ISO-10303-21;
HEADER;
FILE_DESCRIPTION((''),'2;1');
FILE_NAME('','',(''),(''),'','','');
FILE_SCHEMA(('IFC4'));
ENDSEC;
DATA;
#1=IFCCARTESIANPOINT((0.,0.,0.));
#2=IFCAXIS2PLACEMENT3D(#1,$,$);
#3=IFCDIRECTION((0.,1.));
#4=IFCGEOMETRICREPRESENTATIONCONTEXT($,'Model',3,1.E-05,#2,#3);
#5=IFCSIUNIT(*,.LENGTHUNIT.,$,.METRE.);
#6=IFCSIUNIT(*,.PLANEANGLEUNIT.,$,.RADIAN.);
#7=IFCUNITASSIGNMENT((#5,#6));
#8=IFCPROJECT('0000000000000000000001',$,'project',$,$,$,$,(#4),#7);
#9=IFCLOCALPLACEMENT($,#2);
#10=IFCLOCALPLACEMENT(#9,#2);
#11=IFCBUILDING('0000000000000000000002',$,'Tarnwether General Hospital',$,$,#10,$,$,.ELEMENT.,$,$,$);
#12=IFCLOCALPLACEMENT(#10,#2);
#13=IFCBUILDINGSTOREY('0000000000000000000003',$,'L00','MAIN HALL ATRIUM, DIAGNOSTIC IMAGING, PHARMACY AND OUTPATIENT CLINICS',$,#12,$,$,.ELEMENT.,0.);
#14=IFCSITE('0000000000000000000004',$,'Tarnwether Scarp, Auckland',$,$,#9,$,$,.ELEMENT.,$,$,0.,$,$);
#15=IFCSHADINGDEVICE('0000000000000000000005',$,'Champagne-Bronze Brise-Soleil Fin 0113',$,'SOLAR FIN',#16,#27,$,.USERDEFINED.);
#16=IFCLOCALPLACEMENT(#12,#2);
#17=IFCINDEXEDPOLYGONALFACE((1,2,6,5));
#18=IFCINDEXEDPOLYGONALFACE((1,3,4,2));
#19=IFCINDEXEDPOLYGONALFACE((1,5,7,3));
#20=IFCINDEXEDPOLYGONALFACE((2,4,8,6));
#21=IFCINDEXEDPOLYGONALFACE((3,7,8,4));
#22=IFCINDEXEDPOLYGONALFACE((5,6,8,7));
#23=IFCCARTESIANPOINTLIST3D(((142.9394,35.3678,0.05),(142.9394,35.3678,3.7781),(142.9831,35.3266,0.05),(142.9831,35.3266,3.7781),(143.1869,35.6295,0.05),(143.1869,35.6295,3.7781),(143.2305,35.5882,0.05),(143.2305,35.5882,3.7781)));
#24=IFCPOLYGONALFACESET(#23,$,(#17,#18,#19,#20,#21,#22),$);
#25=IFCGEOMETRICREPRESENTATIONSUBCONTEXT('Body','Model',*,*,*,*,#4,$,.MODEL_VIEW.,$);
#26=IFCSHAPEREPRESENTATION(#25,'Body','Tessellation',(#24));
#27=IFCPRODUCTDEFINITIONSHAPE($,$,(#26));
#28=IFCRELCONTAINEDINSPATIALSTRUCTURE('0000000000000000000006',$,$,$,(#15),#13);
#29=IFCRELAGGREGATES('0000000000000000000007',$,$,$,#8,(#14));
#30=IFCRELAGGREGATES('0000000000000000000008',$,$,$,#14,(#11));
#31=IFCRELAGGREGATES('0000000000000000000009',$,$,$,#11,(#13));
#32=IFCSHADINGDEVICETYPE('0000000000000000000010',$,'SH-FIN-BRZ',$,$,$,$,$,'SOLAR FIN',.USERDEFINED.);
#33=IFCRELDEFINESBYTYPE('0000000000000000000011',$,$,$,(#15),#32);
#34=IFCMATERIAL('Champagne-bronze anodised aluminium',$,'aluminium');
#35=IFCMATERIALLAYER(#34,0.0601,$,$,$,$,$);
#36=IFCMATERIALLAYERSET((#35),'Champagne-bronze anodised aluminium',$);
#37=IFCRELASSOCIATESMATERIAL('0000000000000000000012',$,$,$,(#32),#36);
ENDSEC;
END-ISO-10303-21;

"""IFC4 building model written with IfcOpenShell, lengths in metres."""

from ifc_helpers import new_model, si_unit, direction, frame, origin, origin_2d, place, context, subcontext, project, spatial, rectangle, extrude, material, layer, layer_set, type_object, element, save


model = new_model("IFC4")

# Units and contexts
model_context = context("Model", 3, precision=1e-05, world=origin(), true_north=direction((0.0, 1.0)))
body_context = subcontext(model_context, "Body", "Model", "MODEL_VIEW")
ifc_project = project(units=[si_unit("LENGTHUNIT", "METRE"), si_unit("PLANEANGLEUNIT", "RADIAN")], contexts=[model_context])

# Site, building, storey
site_placement = place(None, origin())
site = spatial("IfcSite", under=ifc_project, at=site_placement, Name="Tarnwether Scarp, Auckland", CompositionType="ELEMENT", RefElevation=0.0)
building_placement = place(site_placement, origin())
building = spatial("IfcBuilding", under=site, at=building_placement, Name="Tarnwether General Hospital", CompositionType="ELEMENT")
storey_placement = place(building_placement, origin())
storey = spatial("IfcBuildingStorey", under=building, at=storey_placement, Name="L00", Description="MAIN HALL ATRIUM, DIAGNOSTIC IMAGING, PHARMACY AND OUTPATIENT CLINICS", CompositionType="ELEMENT", Elevation=0.0)

# Shading device
ifc_material_1 = material(Name="Champagne-bronze anodised aluminium", Category="aluminium")
ifc_layer_1 = layer(ifc_material_1, 0.0601)
ifc_layer_set_1 = layer_set([ifc_layer_1], Name="Champagne-bronze anodised aluminium")
shading_device_type = type_object("IfcShadingDeviceType", Name="SH-FIN-BRZ", ElementType="SOLAR FIN", PredefinedType="USERDEFINED", material=ifc_layer_set_1)
shading_device_placement = place(storey_placement, frame((143.085, 35.478, 0.05), z_axis=(0.0, 0.0, 1.0), x_axis=(-0.726575, 0.687088, 0.0)))
element("IfcShadingDevice", 1, at=shading_device_placement, inside=storey, type_object=shading_device_type, Name="Champagne-Bronze Brise-Soleil Fin 0113", ObjectType="SOLAR FIN", PredefinedType="USERDEFINED", context=body_context, shape_type="SweptSolid", body=[
    extrude(rectangle(XDim=0.0601, YDim=0.3601, at=origin_2d()), origin(), (0.0, 0.0, 1.0), 3.728),
])

save(model, "model.ifc")
